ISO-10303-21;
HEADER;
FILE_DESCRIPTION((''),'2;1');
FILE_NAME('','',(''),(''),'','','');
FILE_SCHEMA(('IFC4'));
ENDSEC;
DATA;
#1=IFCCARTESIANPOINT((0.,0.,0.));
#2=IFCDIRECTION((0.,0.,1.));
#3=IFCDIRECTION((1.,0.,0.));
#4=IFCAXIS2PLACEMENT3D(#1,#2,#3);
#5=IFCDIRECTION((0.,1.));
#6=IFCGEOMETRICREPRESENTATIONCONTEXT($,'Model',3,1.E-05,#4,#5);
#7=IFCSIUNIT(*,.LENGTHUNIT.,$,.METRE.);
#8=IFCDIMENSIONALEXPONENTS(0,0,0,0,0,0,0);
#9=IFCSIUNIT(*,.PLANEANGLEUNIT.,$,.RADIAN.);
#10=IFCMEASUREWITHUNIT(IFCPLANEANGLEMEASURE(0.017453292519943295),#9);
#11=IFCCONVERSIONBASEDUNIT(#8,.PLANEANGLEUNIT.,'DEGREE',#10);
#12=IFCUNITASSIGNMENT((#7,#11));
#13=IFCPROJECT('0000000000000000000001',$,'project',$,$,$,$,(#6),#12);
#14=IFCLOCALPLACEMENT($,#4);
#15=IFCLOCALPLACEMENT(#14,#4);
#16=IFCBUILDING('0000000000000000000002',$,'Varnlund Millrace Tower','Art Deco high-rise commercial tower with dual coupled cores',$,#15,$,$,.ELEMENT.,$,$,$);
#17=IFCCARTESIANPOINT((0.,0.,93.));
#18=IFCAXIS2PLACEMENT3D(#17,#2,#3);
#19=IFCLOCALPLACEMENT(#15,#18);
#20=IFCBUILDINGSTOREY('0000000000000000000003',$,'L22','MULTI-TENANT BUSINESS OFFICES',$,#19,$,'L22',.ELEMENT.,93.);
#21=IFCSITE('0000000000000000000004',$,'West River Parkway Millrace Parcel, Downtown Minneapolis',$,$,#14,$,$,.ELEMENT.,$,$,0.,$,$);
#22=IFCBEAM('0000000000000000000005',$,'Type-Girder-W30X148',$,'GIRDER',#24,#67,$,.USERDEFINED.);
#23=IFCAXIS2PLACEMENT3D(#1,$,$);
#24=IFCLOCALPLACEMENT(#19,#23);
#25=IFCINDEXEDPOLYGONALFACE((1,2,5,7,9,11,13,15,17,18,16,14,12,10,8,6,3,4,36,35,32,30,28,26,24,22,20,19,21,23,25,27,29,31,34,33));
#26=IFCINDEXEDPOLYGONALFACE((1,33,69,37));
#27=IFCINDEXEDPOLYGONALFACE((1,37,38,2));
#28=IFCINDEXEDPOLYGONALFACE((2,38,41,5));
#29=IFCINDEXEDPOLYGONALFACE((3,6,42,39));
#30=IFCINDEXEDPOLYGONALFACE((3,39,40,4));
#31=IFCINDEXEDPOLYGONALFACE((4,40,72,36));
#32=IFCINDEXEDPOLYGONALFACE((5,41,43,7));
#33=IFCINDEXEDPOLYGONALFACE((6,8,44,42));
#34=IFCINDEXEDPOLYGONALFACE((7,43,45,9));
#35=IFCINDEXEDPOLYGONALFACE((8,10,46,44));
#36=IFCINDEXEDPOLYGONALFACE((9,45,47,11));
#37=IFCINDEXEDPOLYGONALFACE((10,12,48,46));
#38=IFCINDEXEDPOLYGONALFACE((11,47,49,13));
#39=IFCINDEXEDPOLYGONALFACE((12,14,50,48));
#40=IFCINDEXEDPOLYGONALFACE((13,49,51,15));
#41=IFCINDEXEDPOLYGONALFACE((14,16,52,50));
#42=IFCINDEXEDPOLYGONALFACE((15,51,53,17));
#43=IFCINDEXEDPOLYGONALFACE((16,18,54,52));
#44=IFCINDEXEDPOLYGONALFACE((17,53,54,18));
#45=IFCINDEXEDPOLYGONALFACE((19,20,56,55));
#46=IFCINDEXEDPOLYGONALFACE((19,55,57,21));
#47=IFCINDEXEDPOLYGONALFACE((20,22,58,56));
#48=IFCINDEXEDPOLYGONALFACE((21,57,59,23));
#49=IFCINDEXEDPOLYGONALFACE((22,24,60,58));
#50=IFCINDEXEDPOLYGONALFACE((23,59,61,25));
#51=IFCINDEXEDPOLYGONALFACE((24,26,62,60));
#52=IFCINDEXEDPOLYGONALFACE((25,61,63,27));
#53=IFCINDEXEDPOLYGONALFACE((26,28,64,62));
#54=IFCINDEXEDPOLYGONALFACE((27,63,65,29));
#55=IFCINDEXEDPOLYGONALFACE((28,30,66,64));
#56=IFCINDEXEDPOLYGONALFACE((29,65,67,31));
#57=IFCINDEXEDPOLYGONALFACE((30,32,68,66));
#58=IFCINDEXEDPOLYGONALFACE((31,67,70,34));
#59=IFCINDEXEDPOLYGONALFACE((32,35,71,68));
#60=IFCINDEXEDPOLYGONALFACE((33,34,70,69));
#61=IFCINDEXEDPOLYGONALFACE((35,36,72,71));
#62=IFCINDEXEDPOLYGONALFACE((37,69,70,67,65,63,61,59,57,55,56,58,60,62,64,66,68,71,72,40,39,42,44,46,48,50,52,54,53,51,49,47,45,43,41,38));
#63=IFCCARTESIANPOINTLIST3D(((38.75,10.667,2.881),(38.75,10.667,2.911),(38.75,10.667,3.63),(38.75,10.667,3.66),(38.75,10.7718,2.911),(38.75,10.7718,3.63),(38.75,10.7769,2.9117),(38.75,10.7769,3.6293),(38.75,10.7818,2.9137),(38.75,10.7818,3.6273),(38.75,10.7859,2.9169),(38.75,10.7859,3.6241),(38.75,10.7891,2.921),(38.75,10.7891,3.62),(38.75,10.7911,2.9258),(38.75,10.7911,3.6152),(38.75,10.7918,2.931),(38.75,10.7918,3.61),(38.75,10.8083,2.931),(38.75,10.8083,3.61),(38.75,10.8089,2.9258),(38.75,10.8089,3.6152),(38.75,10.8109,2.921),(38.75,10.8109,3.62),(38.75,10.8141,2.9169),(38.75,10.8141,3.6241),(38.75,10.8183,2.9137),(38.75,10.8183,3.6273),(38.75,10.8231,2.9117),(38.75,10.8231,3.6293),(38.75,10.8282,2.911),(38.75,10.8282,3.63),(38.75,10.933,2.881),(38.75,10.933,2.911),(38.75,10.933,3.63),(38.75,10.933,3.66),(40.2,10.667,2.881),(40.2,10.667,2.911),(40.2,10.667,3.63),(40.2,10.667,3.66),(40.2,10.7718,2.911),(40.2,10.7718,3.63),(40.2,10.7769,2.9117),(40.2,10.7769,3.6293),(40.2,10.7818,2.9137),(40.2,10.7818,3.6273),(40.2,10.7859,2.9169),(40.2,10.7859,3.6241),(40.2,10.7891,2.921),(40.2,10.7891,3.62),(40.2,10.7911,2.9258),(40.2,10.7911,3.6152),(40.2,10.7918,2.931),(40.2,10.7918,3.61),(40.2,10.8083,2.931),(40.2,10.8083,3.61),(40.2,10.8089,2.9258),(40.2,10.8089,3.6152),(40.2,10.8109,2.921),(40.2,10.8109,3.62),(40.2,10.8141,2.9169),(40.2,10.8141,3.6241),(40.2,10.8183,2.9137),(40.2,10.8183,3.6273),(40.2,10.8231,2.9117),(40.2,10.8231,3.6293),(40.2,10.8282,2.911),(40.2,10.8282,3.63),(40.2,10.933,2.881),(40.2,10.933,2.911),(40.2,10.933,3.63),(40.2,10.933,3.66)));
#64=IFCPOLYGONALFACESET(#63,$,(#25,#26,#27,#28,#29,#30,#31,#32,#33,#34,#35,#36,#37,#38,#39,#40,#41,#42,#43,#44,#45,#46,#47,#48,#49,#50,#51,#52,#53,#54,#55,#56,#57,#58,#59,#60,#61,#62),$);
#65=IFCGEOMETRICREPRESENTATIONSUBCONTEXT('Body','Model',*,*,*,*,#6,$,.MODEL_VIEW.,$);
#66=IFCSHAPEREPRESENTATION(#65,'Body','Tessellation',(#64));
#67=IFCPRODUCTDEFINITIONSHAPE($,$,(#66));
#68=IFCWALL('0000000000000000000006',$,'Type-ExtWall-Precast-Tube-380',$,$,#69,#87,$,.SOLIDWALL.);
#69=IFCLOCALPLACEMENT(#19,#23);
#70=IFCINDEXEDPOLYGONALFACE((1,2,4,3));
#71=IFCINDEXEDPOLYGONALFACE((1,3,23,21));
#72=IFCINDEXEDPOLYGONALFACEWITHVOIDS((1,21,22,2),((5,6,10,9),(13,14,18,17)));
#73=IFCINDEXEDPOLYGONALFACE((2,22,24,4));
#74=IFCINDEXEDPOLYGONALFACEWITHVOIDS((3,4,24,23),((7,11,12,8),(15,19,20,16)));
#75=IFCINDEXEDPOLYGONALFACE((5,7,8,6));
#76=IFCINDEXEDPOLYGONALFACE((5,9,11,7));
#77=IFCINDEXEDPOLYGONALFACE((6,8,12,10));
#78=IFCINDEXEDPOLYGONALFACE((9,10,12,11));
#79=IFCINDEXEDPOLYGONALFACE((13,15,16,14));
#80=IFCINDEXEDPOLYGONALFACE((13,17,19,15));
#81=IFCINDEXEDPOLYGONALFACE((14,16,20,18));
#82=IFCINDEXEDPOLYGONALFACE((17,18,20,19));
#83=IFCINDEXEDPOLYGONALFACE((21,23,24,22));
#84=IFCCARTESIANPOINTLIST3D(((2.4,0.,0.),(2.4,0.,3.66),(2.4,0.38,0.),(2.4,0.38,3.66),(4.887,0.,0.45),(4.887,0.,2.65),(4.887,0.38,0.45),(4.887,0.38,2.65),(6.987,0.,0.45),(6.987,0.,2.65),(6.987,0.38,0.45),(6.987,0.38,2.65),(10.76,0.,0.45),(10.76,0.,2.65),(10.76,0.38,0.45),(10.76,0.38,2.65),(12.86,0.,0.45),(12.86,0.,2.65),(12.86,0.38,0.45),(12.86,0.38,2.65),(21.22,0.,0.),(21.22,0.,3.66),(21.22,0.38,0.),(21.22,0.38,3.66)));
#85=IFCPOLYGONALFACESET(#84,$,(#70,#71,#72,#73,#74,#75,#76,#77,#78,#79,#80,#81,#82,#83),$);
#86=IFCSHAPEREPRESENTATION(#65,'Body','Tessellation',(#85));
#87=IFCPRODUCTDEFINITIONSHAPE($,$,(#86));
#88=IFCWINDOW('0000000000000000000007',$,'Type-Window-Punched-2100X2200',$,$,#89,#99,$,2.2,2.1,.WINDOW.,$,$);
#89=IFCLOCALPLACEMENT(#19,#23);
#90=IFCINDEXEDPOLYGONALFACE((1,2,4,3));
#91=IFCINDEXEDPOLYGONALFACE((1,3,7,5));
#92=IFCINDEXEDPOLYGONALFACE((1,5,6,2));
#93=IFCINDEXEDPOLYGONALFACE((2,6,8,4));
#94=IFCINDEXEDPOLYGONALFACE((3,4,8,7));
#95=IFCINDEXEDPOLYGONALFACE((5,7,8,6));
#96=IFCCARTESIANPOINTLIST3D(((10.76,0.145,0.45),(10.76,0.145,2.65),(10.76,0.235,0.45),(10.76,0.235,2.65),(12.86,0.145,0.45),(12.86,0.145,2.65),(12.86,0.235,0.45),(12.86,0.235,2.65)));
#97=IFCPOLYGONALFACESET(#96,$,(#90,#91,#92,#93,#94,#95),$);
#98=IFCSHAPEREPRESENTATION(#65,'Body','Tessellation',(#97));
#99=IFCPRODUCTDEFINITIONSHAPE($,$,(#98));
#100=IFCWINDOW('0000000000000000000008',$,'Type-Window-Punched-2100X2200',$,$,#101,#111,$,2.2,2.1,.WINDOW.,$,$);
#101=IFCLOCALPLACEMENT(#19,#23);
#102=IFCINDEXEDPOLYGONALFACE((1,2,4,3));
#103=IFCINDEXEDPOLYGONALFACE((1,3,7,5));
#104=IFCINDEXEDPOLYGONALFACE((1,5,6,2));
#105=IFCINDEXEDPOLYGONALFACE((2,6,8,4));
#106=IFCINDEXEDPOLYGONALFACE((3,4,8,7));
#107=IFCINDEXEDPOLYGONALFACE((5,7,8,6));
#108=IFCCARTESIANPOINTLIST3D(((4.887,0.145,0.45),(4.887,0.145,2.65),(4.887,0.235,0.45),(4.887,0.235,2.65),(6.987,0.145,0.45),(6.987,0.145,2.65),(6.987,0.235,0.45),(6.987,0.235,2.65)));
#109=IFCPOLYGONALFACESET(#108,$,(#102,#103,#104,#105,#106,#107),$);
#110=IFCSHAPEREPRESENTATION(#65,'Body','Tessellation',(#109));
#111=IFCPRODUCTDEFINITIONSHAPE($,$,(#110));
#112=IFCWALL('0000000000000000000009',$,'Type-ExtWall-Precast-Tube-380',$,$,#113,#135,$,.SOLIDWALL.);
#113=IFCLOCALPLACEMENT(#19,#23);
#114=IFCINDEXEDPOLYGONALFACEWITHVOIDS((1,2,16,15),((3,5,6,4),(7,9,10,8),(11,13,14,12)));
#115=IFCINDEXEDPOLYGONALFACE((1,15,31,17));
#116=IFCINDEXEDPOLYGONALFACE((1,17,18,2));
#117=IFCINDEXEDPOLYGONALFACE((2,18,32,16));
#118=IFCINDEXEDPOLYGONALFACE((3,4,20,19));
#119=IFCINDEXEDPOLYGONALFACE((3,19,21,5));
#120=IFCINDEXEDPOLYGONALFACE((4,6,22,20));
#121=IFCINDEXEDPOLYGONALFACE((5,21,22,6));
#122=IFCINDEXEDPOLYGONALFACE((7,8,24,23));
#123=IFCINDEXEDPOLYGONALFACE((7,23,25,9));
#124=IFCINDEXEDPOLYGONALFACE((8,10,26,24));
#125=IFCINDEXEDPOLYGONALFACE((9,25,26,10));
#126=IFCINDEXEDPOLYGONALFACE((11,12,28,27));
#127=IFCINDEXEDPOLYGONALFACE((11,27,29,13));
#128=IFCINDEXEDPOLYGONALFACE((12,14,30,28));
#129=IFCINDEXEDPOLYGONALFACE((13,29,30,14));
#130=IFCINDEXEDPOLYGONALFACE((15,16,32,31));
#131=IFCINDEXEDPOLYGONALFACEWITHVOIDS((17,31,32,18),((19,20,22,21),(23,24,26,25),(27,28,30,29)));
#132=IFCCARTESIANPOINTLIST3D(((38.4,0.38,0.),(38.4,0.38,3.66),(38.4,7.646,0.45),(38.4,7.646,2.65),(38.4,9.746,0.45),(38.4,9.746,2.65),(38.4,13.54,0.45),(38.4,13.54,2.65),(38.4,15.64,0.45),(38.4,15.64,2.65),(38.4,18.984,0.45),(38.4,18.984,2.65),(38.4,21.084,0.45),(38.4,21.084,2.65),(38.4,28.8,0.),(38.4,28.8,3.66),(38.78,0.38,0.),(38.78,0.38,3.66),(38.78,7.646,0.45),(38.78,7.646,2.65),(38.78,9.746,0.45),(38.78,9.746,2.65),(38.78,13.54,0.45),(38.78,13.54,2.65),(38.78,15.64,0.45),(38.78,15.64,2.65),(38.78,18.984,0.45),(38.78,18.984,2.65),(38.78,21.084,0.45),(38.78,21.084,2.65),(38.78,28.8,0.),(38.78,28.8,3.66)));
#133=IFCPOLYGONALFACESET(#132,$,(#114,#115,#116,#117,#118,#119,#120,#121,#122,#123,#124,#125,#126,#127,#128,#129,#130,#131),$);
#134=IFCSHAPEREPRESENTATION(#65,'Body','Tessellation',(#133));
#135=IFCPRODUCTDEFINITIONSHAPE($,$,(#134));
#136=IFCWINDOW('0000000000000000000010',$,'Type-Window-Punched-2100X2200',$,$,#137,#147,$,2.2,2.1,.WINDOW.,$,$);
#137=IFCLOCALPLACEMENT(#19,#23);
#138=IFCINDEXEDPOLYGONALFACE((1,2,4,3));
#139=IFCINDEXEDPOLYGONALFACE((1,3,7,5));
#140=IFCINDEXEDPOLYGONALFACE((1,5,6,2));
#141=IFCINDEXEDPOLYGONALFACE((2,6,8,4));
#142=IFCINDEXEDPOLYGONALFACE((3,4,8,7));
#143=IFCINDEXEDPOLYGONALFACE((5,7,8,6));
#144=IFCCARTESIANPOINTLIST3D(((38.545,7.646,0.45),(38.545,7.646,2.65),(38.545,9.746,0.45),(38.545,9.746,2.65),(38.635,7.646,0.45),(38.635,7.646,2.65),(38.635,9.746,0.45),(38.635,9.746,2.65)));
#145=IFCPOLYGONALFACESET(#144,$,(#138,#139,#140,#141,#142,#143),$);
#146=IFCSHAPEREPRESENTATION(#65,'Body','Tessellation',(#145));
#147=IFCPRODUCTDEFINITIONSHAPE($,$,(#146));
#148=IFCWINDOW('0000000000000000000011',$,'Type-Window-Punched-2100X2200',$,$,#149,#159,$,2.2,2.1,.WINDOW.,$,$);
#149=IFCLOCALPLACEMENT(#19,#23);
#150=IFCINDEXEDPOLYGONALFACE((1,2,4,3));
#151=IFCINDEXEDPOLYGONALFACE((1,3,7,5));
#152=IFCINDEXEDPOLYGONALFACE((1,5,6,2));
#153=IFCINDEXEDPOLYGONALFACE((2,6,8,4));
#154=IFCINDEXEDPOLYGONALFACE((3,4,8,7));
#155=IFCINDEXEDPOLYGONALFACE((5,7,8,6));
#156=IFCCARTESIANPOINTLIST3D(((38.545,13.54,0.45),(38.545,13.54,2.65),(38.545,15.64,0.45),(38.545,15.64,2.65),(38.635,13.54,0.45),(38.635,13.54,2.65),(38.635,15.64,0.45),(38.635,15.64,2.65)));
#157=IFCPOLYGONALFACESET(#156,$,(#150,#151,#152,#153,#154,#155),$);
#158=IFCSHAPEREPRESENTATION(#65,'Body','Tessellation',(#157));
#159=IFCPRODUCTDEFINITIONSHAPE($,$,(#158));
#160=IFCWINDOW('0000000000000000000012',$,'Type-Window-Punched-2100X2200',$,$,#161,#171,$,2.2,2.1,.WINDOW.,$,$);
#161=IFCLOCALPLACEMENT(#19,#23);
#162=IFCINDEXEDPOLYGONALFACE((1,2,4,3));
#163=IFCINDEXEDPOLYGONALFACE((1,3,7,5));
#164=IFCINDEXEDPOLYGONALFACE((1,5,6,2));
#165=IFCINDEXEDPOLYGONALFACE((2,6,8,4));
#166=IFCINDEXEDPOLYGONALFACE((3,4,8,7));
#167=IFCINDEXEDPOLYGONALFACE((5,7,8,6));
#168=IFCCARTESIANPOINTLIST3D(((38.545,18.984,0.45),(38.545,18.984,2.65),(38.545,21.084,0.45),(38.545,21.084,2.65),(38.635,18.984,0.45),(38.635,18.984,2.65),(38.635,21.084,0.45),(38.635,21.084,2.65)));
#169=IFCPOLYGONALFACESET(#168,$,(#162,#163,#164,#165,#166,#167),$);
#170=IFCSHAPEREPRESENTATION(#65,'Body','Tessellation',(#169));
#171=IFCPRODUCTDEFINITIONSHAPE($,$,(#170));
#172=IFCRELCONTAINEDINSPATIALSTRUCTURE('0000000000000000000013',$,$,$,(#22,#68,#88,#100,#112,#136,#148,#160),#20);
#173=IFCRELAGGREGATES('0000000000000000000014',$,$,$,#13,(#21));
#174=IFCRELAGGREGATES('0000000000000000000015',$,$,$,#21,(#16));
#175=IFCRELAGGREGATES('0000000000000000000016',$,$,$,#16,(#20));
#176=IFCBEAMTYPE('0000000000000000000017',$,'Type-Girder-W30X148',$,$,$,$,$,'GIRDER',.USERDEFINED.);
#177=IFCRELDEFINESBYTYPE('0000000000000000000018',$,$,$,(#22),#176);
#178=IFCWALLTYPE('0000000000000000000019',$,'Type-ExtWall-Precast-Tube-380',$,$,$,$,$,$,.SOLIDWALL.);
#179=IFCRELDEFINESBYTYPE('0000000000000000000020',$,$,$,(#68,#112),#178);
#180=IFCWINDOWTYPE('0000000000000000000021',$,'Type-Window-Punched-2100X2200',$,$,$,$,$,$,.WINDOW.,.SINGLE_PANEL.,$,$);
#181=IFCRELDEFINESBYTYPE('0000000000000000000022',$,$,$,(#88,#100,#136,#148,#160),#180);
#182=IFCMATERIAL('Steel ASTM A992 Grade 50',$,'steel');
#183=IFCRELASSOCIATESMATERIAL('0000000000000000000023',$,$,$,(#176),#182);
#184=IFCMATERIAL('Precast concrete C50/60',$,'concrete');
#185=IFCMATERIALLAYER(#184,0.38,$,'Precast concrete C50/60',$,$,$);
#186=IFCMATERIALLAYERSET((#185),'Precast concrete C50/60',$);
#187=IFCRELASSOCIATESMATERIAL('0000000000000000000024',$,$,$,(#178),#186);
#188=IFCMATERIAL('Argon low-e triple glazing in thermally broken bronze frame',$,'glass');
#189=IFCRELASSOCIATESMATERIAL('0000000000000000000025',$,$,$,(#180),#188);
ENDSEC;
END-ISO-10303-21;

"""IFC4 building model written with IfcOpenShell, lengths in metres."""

from ifc_helpers import new_model, entity, si_unit, converted_unit, direction, frame, origin_with_axes, origin_2d_with_axis, place, context, subcontext, project, spatial, polyline, rectangle, i_section, outline, extrude, material, layer, layer_set, material_profile, profile_set, type_object, element, fill, save


model = new_model("IFC4")

# Units and contexts
model_context = context("Model", 3, precision=1e-05, world=origin_with_axes(), true_north=direction((0.0, 1.0)))
body_context = subcontext(model_context, "Body", "Model", "MODEL_VIEW")
ifc_project = project(units=[si_unit("LENGTHUNIT", "METRE"), converted_unit("PLANEANGLEUNIT", "DEGREE", entity("IfcPlaneAngleMeasure", 0.017453292519943295), si_unit("PLANEANGLEUNIT", "RADIAN"), dimensions=[0, 0, 0, 0, 0, 0, 0])], contexts=[model_context])

# Site, building, storey
site_placement = place(None, origin_with_axes())
site = spatial("IfcSite", under=ifc_project, at=site_placement, Name="West River Parkway Millrace Parcel, Downtown Minneapolis", CompositionType="ELEMENT", RefElevation=0.0)
building_placement = place(site_placement, origin_with_axes())
building = spatial("IfcBuilding", under=site, at=building_placement, Name="Varnlund Millrace Tower", Description="Art Deco high-rise commercial tower with dual coupled cores", CompositionType="ELEMENT")
storey_placement = place(building_placement, frame((0.0, 0.0, 93.0), z_axis=(0.0, 0.0, 1.0), x_axis=(1.0, 0.0, 0.0)))
storey = spatial("IfcBuildingStorey", under=building, at=storey_placement, Name="L22", Description="MULTI-TENANT BUSINESS OFFICES", LongName="L22", CompositionType="ELEMENT", Elevation=93.0)

# Beam
ifc_material_1 = material(Name="Steel ASTM A992 Grade 50", Category="steel")
ifc_material_profile_1 = material_profile(ifc_material_1, i_section(OverallWidth=0.266, OverallDepth=0.779, WebThickness=0.0165, FlangeThickness=0.03, FilletRadius=0.02, at=origin_2d_with_axis()), Name="Steel ASTM A992 Grade 50")
ifc_profile_set_1 = profile_set([ifc_material_profile_1], Name="Steel ASTM A992 Grade 50")
beam_type_1 = type_object("IfcBeamType", Name="Type-Girder-W30X148", ElementType="GIRDER", PredefinedType="USERDEFINED", material=ifc_profile_set_1)
beam_1_placement = place(storey_placement, frame((38.75, 10.8, 3.2705), z_axis=(1.0, 0.0, 0.0), x_axis=(0.0, 1.0, 0.0)))
element("IfcBeam", 1, at=beam_1_placement, inside=storey, type_object=beam_type_1, Name="Type-Girder-W30X148", ObjectType="GIRDER", PredefinedType="USERDEFINED", context=body_context, shape_type="SweptSolid", body=[
    extrude(i_section(OverallWidth=0.266, OverallDepth=0.779, WebThickness=0.0165, FlangeThickness=0.03, FilletRadius=0.02, at=origin_2d_with_axis()), origin_with_axes(), (0.0, 0.0, 1.0), 1.45),
])

# Walls, openings, windows
ifc_material_2 = material(Name="Precast concrete C50/60", Category="concrete")
ifc_layer_1 = layer(ifc_material_2, 0.38, Name="Precast concrete C50/60")
ifc_layer_set_1 = layer_set([ifc_layer_1], Name="Precast concrete C50/60")
wall_type_1 = type_object("IfcWallType", Name="Type-ExtWall-Precast-Tube-380", PredefinedType="SOLIDWALL", material=ifc_layer_set_1)
wall_1_placement = place(storey_placement, frame((21.22, 0.19, 0.0), z_axis=(0.0, 0.0, 1.0), x_axis=(-1.0, 0.0, 0.0)))
wall_1 = element("IfcWall", 2, at=wall_1_placement, inside=storey, type_object=wall_type_1, Name="Type-ExtWall-Precast-Tube-380", PredefinedType="SOLIDWALL", context=body_context, shape_type="SweptSolid", body=[
    extrude(outline(polyline([(0.0, -0.19), (18.82, -0.19), (18.82, 0.19), (0.0, 0.19), (0.0, -0.19)])), origin_with_axes(), (0.0, 0.0, 1.0), 3.66),
])
opening_1_placement = place(wall_1_placement, frame((9.41, 0.0, 0.45), z_axis=(0.0, 0.0, 1.0), x_axis=(1.0, 0.0, 0.0)))
opening_1 = element("IfcOpeningElement", 3, at=opening_1_placement, cuts=wall_1, PredefinedType="OPENING", context=body_context, shape_type="SweptSolid", body=[
    extrude(rectangle(XDim=2.1, YDim=0.4, at=origin_2d_with_axis()), origin_with_axes(), (0.0, 0.0, 1.0), 2.2),
])
opening_2_placement = place(wall_1_placement, frame((15.283, 0.0, 0.45), z_axis=(0.0, 0.0, 1.0), x_axis=(1.0, 0.0, 0.0)))
opening_2 = element("IfcOpeningElement", 4, at=opening_2_placement, cuts=wall_1, PredefinedType="OPENING", context=body_context, shape_type="SweptSolid", body=[
    extrude(rectangle(XDim=2.1, YDim=0.4, at=origin_2d_with_axis()), origin_with_axes(), (0.0, 0.0, 1.0), 2.2),
])
ifc_material_3 = material(Name="Argon low-e triple glazing in thermally broken bronze frame", Category="glass")
window_type = type_object("IfcWindowType", Name="Type-Window-Punched-2100X2200", PartitioningType="SINGLE_PANEL", PredefinedType="WINDOW", material=ifc_material_3)
window_1_placement = place(wall_1_placement, frame((9.41, 0.0, 0.45), z_axis=(0.0, 0.0, 1.0), x_axis=(1.0, 0.0, 0.0)))
window_1 = element("IfcWindow", 5, at=window_1_placement, inside=storey, type_object=window_type, Name="Type-Window-Punched-2100X2200", OverallHeight=2.2, OverallWidth=2.1, PredefinedType="WINDOW", context=body_context, shape_type="SweptSolid", body=[
    extrude(rectangle(XDim=2.1, YDim=0.09, at=origin_2d_with_axis()), origin_with_axes(), (0.0, 0.0, 1.0), 2.2),
])
fill(opening_1, window_1)
window_2_placement = place(wall_1_placement, frame((15.283, 0.0, 0.45), z_axis=(0.0, 0.0, 1.0), x_axis=(1.0, 0.0, 0.0)))
window_2 = element("IfcWindow", 6, at=window_2_placement, inside=storey, type_object=window_type, Name="Type-Window-Punched-2100X2200", OverallHeight=2.2, OverallWidth=2.1, PredefinedType="WINDOW", context=body_context, shape_type="SweptSolid", body=[
    extrude(rectangle(XDim=2.1, YDim=0.09, at=origin_2d_with_axis()), origin_with_axes(), (0.0, 0.0, 1.0), 2.2),
])
fill(opening_2, window_2)
wall_2_placement = place(storey_placement, frame((38.59, 0.38, 0.0), z_axis=(0.0, 0.0, 1.0), x_axis=(0.0, 1.0, 0.0)))
wall_2 = element("IfcWall", 7, at=wall_2_placement, inside=storey, type_object=wall_type_1, Name="Type-ExtWall-Precast-Tube-380", PredefinedType="SOLIDWALL", context=body_context, shape_type="SweptSolid", body=[
    extrude(outline(polyline([(0.0, -0.19), (28.42, -0.19), (28.42, 0.19), (0.0, 0.19), (0.0, -0.19)])), origin_with_axes(), (0.0, 0.0, 1.0), 3.66),
])
opening_3_placement = place(wall_2_placement, frame((8.316, 0.0, 0.45), z_axis=(0.0, 0.0, 1.0), x_axis=(1.0, 0.0, 0.0)))
opening_3 = element("IfcOpeningElement", 8, at=opening_3_placement, cuts=wall_2, PredefinedType="OPENING", context=body_context, shape_type="SweptSolid", body=[
    extrude(rectangle(XDim=2.1, YDim=0.4, at=origin_2d_with_axis()), origin_with_axes(), (0.0, 0.0, 1.0), 2.2),
])
opening_4_placement = place(wall_2_placement, frame((14.21, 0.0, 0.45), z_axis=(0.0, 0.0, 1.0), x_axis=(1.0, 0.0, 0.0)))
opening_4 = element("IfcOpeningElement", 9, at=opening_4_placement, cuts=wall_2, PredefinedType="OPENING", context=body_context, shape_type="SweptSolid", body=[
    extrude(rectangle(XDim=2.1, YDim=0.4, at=origin_2d_with_axis()), origin_with_axes(), (0.0, 0.0, 1.0), 2.2),
])
opening_5_placement = place(wall_2_placement, frame((19.654, 0.0, 0.45), z_axis=(0.0, 0.0, 1.0), x_axis=(1.0, 0.0, 0.0)))
opening_5 = element("IfcOpeningElement", 10, at=opening_5_placement, cuts=wall_2, PredefinedType="OPENING", context=body_context, shape_type="SweptSolid", body=[
    extrude(rectangle(XDim=2.1, YDim=0.4, at=origin_2d_with_axis()), origin_with_axes(), (0.0, 0.0, 1.0), 2.2),
])
window_3_placement = place(wall_2_placement, frame((8.316, 0.0, 0.45), z_axis=(0.0, 0.0, 1.0), x_axis=(1.0, 0.0, 0.0)))
window_3 = element("IfcWindow", 11, at=window_3_placement, inside=storey, type_object=window_type, Name="Type-Window-Punched-2100X2200", OverallHeight=2.2, OverallWidth=2.1, PredefinedType="WINDOW", context=body_context, shape_type="SweptSolid", body=[
    extrude(rectangle(XDim=2.1, YDim=0.09, at=origin_2d_with_axis()), origin_with_axes(), (0.0, 0.0, 1.0), 2.2),
])
fill(opening_3, window_3)
window_4_placement = place(wall_2_placement, frame((14.21, 0.0, 0.45), z_axis=(0.0, 0.0, 1.0), x_axis=(1.0, 0.0, 0.0)))
window_4 = element("IfcWindow", 12, at=window_4_placement, inside=storey, type_object=window_type, Name="Type-Window-Punched-2100X2200", OverallHeight=2.2, OverallWidth=2.1, PredefinedType="WINDOW", context=body_context, shape_type="SweptSolid", body=[
    extrude(rectangle(XDim=2.1, YDim=0.09, at=origin_2d_with_axis()), origin_with_axes(), (0.0, 0.0, 1.0), 2.2),
])
fill(opening_4, window_4)
window_5_placement = place(wall_2_placement, frame((19.654, 0.0, 0.45), z_axis=(0.0, 0.0, 1.0), x_axis=(1.0, 0.0, 0.0)))
window_5 = element("IfcWindow", 13, at=window_5_placement, inside=storey, type_object=window_type, Name="Type-Window-Punched-2100X2200", OverallHeight=2.2, OverallWidth=2.1, PredefinedType="WINDOW", context=body_context, shape_type="SweptSolid", body=[
    extrude(rectangle(XDim=2.1, YDim=0.09, at=origin_2d_with_axis()), origin_with_axes(), (0.0, 0.0, 1.0), 2.2),
])
fill(opening_5, window_5)

save(model, "model.ifc")
